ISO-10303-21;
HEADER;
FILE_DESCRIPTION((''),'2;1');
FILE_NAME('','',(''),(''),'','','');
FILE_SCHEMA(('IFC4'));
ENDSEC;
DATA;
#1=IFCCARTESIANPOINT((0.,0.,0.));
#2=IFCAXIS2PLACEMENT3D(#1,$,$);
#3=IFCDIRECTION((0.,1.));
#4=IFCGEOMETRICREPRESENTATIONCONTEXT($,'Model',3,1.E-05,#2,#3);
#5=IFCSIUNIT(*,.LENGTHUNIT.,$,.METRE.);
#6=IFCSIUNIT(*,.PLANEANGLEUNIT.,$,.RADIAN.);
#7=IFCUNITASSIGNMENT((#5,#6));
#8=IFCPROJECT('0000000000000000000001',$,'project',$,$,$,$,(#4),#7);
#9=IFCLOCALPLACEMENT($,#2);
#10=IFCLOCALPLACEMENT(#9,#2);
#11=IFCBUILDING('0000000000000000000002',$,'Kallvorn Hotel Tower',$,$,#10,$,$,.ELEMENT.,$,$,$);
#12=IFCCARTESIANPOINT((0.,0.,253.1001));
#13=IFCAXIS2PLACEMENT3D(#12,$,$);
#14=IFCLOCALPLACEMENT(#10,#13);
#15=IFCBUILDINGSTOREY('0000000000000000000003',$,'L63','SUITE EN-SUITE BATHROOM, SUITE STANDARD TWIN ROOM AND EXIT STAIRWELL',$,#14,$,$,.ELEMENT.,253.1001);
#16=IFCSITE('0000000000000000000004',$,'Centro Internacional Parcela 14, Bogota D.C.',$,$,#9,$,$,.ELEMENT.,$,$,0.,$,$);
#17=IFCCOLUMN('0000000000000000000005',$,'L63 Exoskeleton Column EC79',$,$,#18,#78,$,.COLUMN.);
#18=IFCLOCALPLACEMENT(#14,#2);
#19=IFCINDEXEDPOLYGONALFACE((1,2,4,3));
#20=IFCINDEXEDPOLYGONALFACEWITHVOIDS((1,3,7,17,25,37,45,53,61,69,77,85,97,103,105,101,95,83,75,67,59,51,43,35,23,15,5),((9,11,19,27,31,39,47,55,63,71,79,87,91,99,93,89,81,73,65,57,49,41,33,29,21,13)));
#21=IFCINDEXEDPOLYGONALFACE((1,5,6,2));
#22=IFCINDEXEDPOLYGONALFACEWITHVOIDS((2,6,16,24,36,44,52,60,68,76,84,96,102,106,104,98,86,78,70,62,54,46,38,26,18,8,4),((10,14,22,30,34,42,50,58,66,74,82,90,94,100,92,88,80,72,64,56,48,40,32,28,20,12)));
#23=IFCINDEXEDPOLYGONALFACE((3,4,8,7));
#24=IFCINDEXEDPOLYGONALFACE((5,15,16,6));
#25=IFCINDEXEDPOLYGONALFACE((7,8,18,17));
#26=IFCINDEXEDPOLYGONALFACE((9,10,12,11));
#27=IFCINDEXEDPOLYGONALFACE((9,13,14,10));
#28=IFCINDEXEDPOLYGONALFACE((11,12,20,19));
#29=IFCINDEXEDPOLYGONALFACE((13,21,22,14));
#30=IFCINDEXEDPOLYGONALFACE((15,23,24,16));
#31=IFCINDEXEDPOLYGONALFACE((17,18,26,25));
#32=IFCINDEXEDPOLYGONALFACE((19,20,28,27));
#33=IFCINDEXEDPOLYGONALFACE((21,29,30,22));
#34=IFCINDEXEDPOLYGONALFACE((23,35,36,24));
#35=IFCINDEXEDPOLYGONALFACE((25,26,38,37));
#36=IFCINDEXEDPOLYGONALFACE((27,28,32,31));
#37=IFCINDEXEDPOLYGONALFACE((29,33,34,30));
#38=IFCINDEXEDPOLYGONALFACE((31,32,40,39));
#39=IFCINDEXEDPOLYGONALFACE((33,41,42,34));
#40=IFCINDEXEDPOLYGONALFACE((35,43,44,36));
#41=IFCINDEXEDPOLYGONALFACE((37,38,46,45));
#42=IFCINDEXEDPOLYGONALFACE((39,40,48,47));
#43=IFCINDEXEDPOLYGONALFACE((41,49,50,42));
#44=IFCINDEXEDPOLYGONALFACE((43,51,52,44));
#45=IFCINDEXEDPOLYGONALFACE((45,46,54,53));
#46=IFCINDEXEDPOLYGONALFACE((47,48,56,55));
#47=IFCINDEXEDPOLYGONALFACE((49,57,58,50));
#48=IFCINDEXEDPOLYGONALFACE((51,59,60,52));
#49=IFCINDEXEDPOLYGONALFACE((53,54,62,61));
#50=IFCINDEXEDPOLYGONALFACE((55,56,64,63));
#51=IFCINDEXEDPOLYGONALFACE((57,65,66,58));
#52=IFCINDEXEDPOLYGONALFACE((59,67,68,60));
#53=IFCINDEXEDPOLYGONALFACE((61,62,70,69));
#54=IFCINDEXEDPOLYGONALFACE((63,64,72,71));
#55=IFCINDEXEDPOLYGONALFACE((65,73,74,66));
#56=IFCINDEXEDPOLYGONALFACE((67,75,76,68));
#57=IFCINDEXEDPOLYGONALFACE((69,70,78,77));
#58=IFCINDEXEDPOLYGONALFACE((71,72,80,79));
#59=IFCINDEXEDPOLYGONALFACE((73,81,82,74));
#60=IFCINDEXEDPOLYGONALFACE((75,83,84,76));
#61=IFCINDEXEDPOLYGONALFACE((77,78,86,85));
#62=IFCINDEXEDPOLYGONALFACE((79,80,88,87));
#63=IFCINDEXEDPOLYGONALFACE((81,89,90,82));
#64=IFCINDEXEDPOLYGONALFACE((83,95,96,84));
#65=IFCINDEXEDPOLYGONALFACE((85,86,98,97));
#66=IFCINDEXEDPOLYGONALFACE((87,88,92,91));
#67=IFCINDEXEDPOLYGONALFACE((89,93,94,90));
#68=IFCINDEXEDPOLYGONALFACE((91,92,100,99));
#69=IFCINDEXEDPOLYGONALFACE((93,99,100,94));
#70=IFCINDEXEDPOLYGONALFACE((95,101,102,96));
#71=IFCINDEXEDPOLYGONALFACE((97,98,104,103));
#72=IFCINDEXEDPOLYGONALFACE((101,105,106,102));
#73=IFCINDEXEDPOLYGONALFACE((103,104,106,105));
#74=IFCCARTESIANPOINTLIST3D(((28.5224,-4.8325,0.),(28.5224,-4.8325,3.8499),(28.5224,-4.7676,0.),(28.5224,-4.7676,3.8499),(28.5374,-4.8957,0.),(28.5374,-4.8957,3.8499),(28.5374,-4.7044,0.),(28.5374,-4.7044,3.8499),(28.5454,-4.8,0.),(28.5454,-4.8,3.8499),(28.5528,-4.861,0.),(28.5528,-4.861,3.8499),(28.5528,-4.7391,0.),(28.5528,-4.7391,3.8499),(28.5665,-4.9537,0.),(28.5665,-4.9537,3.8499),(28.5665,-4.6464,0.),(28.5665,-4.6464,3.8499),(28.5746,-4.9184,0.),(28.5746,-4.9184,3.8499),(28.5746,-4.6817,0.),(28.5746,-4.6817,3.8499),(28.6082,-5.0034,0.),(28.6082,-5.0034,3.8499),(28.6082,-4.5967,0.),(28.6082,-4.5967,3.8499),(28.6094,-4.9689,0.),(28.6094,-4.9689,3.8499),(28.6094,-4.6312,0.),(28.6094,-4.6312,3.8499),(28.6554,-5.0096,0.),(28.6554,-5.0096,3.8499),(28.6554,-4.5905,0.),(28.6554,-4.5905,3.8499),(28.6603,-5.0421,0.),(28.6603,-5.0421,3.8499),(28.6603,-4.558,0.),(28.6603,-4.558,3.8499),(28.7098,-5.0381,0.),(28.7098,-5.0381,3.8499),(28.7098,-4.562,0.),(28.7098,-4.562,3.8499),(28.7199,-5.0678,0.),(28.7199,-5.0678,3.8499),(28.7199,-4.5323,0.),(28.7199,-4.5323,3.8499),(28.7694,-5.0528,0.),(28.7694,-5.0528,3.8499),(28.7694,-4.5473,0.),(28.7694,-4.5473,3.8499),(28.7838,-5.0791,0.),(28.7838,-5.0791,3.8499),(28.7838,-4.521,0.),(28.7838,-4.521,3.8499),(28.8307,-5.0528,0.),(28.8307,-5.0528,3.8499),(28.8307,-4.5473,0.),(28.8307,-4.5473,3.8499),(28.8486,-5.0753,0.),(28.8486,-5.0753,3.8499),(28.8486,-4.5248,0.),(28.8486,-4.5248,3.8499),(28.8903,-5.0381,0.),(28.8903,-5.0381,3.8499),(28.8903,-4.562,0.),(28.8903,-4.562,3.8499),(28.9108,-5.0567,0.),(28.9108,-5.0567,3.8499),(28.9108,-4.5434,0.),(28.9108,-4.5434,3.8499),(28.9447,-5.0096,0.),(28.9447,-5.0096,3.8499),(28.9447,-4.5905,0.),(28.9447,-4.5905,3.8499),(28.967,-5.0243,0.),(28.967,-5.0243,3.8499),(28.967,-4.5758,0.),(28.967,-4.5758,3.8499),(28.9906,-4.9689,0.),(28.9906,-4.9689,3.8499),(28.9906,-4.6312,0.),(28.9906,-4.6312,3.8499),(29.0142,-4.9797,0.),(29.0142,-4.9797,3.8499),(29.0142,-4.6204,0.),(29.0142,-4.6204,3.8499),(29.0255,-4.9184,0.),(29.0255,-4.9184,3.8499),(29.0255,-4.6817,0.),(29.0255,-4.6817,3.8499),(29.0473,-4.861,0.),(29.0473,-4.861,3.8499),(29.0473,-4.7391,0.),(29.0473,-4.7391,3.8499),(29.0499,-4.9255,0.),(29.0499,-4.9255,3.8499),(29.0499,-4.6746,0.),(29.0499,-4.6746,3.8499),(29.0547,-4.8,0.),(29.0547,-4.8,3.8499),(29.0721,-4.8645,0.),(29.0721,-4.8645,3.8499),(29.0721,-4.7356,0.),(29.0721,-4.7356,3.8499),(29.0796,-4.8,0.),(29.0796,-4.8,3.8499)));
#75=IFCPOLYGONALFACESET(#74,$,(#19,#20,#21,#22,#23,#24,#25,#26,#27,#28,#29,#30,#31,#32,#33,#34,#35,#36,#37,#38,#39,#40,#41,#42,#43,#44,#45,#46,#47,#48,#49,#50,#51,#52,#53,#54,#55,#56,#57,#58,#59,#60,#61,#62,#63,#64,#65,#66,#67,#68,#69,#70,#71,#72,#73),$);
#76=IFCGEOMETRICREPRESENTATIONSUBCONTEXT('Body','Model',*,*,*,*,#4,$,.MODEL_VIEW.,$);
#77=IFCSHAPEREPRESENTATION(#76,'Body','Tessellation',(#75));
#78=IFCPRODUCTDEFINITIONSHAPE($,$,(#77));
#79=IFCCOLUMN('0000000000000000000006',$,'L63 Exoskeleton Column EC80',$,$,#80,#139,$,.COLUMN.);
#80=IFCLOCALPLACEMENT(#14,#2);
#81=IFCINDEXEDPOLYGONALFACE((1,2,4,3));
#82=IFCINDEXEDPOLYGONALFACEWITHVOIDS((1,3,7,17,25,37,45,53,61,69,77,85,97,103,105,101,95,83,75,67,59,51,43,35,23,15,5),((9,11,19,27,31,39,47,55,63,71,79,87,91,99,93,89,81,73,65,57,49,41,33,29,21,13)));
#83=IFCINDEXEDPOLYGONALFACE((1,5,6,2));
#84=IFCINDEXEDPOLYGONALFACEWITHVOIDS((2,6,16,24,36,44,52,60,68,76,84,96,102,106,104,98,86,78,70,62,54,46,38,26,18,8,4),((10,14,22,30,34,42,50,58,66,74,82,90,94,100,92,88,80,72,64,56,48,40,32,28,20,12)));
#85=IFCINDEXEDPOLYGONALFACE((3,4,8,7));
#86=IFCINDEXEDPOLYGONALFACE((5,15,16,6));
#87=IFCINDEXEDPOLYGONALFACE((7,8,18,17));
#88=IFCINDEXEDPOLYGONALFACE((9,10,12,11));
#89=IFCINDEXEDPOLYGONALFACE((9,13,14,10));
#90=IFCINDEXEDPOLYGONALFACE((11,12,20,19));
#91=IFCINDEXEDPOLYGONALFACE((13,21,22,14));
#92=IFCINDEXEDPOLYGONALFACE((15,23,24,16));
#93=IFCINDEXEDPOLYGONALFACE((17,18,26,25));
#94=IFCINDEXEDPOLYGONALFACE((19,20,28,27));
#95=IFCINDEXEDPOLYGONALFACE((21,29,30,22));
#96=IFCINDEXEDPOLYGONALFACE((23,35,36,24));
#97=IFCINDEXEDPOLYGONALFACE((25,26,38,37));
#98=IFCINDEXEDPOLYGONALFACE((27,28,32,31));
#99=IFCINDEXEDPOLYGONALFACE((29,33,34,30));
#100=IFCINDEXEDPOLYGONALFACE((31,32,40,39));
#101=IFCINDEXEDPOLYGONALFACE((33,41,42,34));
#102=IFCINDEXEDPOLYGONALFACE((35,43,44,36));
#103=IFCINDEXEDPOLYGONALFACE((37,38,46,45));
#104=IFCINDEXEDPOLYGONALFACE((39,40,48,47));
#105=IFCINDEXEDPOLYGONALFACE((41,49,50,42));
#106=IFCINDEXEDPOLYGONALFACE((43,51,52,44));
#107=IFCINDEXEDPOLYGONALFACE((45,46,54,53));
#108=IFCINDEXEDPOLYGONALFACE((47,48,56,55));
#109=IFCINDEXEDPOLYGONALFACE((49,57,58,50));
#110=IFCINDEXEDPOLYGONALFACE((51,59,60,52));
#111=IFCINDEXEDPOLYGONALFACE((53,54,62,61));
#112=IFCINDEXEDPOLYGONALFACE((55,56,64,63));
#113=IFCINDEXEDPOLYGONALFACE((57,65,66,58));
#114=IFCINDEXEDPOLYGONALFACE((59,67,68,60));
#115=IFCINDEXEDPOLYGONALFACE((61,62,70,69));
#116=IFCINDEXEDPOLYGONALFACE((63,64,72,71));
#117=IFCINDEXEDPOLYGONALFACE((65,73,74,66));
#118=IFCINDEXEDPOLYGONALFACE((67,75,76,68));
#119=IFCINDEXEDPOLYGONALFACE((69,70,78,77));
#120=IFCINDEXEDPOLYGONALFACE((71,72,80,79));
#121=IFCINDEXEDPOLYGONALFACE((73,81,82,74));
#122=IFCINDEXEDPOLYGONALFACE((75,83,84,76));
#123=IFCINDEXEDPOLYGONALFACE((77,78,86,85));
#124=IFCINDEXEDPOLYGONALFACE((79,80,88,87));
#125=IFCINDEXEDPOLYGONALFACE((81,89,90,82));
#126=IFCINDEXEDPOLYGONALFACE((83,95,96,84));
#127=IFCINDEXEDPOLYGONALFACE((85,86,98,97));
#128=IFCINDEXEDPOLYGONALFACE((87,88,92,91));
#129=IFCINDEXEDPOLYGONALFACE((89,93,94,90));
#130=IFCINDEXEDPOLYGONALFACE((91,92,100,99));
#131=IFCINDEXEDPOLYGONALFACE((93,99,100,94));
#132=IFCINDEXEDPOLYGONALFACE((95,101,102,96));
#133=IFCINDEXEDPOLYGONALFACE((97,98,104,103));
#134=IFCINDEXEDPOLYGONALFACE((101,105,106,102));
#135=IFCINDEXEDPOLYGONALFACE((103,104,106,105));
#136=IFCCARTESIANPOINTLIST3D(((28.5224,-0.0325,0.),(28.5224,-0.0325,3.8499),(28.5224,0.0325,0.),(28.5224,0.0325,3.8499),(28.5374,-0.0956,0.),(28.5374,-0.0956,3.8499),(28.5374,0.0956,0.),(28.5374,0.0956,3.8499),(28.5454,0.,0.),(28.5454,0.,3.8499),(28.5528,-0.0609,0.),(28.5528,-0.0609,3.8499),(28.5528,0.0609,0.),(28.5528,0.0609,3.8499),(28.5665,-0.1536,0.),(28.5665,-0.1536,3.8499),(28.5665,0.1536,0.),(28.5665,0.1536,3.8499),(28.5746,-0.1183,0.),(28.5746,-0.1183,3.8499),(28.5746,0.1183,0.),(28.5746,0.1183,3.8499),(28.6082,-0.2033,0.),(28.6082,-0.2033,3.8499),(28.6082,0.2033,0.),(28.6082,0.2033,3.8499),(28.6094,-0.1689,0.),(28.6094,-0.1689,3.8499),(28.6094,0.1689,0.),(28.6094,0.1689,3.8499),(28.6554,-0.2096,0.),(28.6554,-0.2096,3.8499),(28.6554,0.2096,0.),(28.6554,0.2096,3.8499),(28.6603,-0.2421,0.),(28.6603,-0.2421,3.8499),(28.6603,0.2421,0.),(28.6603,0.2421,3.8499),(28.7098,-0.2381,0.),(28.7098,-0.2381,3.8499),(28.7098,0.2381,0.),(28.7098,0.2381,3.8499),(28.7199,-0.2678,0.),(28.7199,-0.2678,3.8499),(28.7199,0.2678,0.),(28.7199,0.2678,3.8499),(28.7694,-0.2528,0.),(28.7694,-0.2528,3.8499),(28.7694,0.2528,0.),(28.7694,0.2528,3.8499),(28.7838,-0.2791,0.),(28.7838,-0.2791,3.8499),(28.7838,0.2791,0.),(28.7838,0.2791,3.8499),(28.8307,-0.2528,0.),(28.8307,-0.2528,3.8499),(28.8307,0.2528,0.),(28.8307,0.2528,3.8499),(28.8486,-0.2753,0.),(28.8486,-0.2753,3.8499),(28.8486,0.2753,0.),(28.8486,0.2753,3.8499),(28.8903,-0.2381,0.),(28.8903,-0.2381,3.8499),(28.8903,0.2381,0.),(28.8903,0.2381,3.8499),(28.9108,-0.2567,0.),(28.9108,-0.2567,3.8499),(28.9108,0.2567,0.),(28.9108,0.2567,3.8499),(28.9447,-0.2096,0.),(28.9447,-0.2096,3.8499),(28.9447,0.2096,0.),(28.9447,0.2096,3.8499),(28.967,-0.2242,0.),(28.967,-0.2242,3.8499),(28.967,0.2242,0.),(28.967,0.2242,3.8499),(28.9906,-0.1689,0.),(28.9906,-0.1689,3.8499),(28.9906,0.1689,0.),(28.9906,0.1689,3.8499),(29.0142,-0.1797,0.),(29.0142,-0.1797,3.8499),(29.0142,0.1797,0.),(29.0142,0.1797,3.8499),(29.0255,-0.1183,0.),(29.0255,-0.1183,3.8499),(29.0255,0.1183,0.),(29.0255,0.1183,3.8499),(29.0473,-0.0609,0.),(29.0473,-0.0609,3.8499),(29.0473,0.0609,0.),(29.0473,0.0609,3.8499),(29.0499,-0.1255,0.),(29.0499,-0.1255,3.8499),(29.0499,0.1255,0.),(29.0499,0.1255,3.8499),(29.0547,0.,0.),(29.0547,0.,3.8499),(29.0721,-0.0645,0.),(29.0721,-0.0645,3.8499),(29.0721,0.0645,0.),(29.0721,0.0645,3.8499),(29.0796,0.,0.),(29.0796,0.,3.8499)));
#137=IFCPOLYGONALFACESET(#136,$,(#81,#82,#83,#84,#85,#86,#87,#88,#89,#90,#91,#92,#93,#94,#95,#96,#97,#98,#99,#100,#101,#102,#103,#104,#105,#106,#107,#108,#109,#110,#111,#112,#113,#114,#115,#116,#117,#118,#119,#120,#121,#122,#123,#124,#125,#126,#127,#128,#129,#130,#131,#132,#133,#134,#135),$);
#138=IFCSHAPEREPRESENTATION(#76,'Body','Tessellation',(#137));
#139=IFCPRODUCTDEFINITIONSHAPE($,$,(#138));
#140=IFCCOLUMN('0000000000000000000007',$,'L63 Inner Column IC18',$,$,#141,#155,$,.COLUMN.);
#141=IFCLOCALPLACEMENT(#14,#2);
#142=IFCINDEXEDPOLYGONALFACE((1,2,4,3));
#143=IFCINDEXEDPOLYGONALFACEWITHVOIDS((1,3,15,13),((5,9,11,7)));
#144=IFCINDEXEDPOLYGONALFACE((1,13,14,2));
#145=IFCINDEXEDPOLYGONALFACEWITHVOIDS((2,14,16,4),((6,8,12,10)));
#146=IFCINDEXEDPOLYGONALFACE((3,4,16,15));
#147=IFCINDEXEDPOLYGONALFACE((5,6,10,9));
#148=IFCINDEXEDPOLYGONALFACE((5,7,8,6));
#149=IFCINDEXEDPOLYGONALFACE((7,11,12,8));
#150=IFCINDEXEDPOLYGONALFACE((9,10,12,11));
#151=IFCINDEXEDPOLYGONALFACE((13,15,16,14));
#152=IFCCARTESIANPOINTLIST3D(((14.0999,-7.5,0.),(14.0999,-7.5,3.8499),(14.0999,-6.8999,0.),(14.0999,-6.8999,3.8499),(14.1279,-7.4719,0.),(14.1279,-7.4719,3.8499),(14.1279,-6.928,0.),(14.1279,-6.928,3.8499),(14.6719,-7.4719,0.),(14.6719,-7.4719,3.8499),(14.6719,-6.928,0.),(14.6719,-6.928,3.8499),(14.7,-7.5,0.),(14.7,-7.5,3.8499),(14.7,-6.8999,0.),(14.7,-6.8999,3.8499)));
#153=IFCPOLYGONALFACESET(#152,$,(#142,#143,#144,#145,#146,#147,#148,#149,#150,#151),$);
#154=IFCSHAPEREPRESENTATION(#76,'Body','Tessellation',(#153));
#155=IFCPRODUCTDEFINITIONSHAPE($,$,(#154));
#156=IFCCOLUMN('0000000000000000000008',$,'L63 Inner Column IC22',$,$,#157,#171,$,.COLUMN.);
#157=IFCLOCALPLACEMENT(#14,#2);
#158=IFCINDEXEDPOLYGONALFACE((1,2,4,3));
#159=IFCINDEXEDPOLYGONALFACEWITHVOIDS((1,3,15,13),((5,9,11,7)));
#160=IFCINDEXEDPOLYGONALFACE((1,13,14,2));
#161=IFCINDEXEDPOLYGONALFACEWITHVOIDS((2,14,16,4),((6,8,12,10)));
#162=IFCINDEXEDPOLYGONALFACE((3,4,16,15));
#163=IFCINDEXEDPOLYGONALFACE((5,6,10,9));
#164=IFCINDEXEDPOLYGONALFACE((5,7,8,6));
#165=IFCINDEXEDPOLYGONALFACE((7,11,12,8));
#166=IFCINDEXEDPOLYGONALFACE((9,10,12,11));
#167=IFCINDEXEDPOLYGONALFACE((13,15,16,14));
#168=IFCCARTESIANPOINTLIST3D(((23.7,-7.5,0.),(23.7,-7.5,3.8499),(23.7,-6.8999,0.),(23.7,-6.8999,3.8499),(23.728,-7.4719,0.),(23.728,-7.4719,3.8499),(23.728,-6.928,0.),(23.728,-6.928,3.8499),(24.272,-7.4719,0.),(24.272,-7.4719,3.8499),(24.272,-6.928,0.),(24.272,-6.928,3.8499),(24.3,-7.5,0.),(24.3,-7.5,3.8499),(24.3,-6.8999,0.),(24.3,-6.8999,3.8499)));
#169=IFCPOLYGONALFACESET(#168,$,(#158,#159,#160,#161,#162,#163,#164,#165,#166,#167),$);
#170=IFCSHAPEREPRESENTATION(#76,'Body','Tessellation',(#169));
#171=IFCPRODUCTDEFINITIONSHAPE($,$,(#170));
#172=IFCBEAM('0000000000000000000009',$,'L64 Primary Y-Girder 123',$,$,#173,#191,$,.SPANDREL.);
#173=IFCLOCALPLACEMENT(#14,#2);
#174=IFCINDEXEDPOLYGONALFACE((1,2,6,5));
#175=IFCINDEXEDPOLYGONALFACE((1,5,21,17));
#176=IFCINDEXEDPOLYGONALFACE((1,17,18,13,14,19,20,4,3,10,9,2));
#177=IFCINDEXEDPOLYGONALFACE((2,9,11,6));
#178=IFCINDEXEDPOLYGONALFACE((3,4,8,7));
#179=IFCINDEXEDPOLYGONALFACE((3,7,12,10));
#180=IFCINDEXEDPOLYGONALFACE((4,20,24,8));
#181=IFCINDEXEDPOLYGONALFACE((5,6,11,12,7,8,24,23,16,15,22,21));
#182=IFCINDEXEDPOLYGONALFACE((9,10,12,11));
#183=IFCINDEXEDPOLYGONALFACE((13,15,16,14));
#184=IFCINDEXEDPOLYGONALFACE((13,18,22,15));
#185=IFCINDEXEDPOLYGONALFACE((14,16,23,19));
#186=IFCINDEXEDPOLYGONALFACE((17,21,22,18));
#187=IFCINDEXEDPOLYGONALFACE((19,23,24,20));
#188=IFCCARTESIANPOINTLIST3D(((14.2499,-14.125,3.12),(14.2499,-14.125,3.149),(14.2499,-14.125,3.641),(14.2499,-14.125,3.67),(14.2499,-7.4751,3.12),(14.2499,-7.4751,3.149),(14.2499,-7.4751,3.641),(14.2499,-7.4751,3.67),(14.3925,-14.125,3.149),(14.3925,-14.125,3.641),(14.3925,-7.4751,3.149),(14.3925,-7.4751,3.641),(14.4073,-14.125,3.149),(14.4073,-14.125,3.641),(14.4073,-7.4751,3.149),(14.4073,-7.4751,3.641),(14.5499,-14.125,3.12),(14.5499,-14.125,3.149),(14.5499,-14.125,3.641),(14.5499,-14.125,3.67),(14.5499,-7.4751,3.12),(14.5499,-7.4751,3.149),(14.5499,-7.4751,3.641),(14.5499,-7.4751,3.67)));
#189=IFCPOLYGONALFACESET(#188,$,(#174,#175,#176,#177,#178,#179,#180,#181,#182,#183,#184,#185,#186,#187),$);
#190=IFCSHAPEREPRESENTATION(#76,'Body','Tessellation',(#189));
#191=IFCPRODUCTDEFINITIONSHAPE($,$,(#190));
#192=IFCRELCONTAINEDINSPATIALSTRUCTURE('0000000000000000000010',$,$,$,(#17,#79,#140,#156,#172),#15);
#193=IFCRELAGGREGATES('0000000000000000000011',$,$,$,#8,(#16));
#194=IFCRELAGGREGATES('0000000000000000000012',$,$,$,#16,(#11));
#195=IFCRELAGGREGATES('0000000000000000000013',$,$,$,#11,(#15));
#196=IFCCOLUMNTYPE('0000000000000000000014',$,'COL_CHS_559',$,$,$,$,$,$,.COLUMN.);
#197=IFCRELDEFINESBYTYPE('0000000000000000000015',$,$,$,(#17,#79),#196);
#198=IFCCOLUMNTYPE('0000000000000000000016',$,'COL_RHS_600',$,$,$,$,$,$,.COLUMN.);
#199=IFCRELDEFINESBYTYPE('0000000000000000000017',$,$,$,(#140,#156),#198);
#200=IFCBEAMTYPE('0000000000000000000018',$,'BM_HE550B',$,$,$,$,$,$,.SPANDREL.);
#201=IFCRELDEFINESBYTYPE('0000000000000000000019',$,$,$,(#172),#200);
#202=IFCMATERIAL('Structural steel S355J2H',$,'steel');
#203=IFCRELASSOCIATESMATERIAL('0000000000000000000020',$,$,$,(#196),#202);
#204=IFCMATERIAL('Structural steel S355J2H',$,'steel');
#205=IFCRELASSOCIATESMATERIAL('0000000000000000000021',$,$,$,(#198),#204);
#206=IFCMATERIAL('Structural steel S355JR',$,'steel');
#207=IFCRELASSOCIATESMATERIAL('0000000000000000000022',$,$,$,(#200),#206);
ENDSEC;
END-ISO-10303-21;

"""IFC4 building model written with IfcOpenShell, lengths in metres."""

from ifc_helpers import new_model, si_unit, direction, frame, origin, origin_2d, place, context, subcontext, project, spatial, hollow_rectangle, hollow_circle, i_section, extrude, material, material_profile, profile_set, type_object, element, save


model = new_model("IFC4")

# Units and contexts
model_context = context("Model", 3, precision=1e-05, world=origin(), true_north=direction((0.0, 1.0)))
body_context = subcontext(model_context, "Body", "Model", "MODEL_VIEW")
ifc_project = project(units=[si_unit("LENGTHUNIT", "METRE"), si_unit("PLANEANGLEUNIT", "RADIAN")], contexts=[model_context])

# Site, building, storey
site_placement = place(None, origin())
site = spatial("IfcSite", under=ifc_project, at=site_placement, Name="Centro Internacional Parcela 14, Bogota D.C.", CompositionType="ELEMENT", RefElevation=0.0)
building_placement = place(site_placement, origin())
building = spatial("IfcBuilding", under=site, at=building_placement, Name="Kallvorn Hotel Tower", CompositionType="ELEMENT")
storey_placement = place(building_placement, frame((0.0, 0.0, 253.1001)))
storey = spatial("IfcBuildingStorey", under=building, at=storey_placement, Name="L63", Description="SUITE EN-SUITE BATHROOM, SUITE STANDARD TWIN ROOM AND EXIT STAIRWELL", CompositionType="ELEMENT", Elevation=253.1001)

# Columns
ifc_material_1 = material(Name="Structural steel S355J2H", Category="steel")
ifc_material_profile_1 = material_profile(ifc_material_1, hollow_circle(Radius=0.2795, WallThickness=0.0249, at=origin_2d()), Name="CHS 559x25")
ifc_profile_set_1 = profile_set([ifc_material_profile_1], Name="Structural steel S355J2H")
column_type_1 = type_object("IfcColumnType", Name="COL_CHS_559", PredefinedType="COLUMN", material=ifc_profile_set_1)
for number, where, z_axis, x_axis, name in (
    (1, (28.8, -4.8, 0.0), (0.0, 0.0, 1.0), (1.0, 0.0, 0.0), "L63 Exoskeleton Column EC79"),
    (2, (28.8, 0.0, 0.0), (0.0, 0.0, 1.0), (1.0, 0.0, 0.0), "L63 Exoskeleton Column EC80"),
):
    element("IfcColumn", number, at=place(storey_placement, frame(where, z_axis=z_axis, x_axis=x_axis)), inside=storey, type_object=column_type_1, Name=name, PredefinedType="COLUMN", context=body_context, shape_type="SweptSolid", body=[
        extrude(hollow_circle(Radius=0.2795, WallThickness=0.0249, at=origin_2d()), origin(), (0.0, 0.0, 1.0), 3.8499),
    ])
ifc_material_2 = material(Name="Structural steel S355J2H", Category="steel")
ifc_material_profile_2 = material_profile(ifc_material_2, hollow_rectangle(XDim=0.6001, YDim=0.6001, WallThickness=0.0281, at=origin_2d()), Name="RHS 600x600x28")
ifc_profile_set_2 = profile_set([ifc_material_profile_2], Name="Structural steel S355J2H")
column_type_2 = type_object("IfcColumnType", Name="COL_RHS_600", PredefinedType="COLUMN", material=ifc_profile_set_2)
for number, where, z_axis, x_axis, name in (
    (3, (14.3999, -7.2, 0.0), (0.0, 0.0, 1.0), (1.0, 0.0, 0.0), "L63 Inner Column IC18"),
    (4, (24.0, -7.2, 0.0), (0.0, 0.0, 1.0), (1.0, 0.0, 0.0), "L63 Inner Column IC22"),
):
    element("IfcColumn", number, at=place(storey_placement, frame(where, z_axis=z_axis, x_axis=x_axis)), inside=storey, type_object=column_type_2, Name=name, PredefinedType="COLUMN", context=body_context, shape_type="SweptSolid", body=[
        extrude(hollow_rectangle(XDim=0.6001, YDim=0.6001, WallThickness=0.0281, at=origin_2d()), origin(), (0.0, 0.0, 1.0), 3.8499),
    ])

# Beam
ifc_material_3 = material(Name="Structural steel S355JR", Category="steel")
ifc_material_profile_3 = material_profile(ifc_material_3, i_section(OverallWidth=0.3, OverallDepth=0.55, WebThickness=0.0149, FlangeThickness=0.0291, at=origin_2d()), Name="HE 550 B")
ifc_profile_set_3 = profile_set([ifc_material_profile_3], Name="Structural steel S355JR")
beam_type_1 = type_object("IfcBeamType", Name="BM_HE550B", PredefinedType="SPANDREL", material=ifc_profile_set_3)
beam_1_placement = place(storey_placement, frame((14.3999, -14.125, 3.395), z_axis=(0.0, 1.0, 0.0), x_axis=(-1.0, 0.0, 0.0)))
element("IfcBeam", 5, at=beam_1_placement, inside=storey, type_object=beam_type_1, Name="L64 Primary Y-Girder 123", PredefinedType="SPANDREL", context=body_context, shape_type="SweptSolid", body=[
    extrude(i_section(OverallWidth=0.3, OverallDepth=0.55, WebThickness=0.0149, FlangeThickness=0.0291, at=origin_2d()), origin(), (0.0, 0.0, 1.0), 6.6499),
])

save(model, "model.ifc")
